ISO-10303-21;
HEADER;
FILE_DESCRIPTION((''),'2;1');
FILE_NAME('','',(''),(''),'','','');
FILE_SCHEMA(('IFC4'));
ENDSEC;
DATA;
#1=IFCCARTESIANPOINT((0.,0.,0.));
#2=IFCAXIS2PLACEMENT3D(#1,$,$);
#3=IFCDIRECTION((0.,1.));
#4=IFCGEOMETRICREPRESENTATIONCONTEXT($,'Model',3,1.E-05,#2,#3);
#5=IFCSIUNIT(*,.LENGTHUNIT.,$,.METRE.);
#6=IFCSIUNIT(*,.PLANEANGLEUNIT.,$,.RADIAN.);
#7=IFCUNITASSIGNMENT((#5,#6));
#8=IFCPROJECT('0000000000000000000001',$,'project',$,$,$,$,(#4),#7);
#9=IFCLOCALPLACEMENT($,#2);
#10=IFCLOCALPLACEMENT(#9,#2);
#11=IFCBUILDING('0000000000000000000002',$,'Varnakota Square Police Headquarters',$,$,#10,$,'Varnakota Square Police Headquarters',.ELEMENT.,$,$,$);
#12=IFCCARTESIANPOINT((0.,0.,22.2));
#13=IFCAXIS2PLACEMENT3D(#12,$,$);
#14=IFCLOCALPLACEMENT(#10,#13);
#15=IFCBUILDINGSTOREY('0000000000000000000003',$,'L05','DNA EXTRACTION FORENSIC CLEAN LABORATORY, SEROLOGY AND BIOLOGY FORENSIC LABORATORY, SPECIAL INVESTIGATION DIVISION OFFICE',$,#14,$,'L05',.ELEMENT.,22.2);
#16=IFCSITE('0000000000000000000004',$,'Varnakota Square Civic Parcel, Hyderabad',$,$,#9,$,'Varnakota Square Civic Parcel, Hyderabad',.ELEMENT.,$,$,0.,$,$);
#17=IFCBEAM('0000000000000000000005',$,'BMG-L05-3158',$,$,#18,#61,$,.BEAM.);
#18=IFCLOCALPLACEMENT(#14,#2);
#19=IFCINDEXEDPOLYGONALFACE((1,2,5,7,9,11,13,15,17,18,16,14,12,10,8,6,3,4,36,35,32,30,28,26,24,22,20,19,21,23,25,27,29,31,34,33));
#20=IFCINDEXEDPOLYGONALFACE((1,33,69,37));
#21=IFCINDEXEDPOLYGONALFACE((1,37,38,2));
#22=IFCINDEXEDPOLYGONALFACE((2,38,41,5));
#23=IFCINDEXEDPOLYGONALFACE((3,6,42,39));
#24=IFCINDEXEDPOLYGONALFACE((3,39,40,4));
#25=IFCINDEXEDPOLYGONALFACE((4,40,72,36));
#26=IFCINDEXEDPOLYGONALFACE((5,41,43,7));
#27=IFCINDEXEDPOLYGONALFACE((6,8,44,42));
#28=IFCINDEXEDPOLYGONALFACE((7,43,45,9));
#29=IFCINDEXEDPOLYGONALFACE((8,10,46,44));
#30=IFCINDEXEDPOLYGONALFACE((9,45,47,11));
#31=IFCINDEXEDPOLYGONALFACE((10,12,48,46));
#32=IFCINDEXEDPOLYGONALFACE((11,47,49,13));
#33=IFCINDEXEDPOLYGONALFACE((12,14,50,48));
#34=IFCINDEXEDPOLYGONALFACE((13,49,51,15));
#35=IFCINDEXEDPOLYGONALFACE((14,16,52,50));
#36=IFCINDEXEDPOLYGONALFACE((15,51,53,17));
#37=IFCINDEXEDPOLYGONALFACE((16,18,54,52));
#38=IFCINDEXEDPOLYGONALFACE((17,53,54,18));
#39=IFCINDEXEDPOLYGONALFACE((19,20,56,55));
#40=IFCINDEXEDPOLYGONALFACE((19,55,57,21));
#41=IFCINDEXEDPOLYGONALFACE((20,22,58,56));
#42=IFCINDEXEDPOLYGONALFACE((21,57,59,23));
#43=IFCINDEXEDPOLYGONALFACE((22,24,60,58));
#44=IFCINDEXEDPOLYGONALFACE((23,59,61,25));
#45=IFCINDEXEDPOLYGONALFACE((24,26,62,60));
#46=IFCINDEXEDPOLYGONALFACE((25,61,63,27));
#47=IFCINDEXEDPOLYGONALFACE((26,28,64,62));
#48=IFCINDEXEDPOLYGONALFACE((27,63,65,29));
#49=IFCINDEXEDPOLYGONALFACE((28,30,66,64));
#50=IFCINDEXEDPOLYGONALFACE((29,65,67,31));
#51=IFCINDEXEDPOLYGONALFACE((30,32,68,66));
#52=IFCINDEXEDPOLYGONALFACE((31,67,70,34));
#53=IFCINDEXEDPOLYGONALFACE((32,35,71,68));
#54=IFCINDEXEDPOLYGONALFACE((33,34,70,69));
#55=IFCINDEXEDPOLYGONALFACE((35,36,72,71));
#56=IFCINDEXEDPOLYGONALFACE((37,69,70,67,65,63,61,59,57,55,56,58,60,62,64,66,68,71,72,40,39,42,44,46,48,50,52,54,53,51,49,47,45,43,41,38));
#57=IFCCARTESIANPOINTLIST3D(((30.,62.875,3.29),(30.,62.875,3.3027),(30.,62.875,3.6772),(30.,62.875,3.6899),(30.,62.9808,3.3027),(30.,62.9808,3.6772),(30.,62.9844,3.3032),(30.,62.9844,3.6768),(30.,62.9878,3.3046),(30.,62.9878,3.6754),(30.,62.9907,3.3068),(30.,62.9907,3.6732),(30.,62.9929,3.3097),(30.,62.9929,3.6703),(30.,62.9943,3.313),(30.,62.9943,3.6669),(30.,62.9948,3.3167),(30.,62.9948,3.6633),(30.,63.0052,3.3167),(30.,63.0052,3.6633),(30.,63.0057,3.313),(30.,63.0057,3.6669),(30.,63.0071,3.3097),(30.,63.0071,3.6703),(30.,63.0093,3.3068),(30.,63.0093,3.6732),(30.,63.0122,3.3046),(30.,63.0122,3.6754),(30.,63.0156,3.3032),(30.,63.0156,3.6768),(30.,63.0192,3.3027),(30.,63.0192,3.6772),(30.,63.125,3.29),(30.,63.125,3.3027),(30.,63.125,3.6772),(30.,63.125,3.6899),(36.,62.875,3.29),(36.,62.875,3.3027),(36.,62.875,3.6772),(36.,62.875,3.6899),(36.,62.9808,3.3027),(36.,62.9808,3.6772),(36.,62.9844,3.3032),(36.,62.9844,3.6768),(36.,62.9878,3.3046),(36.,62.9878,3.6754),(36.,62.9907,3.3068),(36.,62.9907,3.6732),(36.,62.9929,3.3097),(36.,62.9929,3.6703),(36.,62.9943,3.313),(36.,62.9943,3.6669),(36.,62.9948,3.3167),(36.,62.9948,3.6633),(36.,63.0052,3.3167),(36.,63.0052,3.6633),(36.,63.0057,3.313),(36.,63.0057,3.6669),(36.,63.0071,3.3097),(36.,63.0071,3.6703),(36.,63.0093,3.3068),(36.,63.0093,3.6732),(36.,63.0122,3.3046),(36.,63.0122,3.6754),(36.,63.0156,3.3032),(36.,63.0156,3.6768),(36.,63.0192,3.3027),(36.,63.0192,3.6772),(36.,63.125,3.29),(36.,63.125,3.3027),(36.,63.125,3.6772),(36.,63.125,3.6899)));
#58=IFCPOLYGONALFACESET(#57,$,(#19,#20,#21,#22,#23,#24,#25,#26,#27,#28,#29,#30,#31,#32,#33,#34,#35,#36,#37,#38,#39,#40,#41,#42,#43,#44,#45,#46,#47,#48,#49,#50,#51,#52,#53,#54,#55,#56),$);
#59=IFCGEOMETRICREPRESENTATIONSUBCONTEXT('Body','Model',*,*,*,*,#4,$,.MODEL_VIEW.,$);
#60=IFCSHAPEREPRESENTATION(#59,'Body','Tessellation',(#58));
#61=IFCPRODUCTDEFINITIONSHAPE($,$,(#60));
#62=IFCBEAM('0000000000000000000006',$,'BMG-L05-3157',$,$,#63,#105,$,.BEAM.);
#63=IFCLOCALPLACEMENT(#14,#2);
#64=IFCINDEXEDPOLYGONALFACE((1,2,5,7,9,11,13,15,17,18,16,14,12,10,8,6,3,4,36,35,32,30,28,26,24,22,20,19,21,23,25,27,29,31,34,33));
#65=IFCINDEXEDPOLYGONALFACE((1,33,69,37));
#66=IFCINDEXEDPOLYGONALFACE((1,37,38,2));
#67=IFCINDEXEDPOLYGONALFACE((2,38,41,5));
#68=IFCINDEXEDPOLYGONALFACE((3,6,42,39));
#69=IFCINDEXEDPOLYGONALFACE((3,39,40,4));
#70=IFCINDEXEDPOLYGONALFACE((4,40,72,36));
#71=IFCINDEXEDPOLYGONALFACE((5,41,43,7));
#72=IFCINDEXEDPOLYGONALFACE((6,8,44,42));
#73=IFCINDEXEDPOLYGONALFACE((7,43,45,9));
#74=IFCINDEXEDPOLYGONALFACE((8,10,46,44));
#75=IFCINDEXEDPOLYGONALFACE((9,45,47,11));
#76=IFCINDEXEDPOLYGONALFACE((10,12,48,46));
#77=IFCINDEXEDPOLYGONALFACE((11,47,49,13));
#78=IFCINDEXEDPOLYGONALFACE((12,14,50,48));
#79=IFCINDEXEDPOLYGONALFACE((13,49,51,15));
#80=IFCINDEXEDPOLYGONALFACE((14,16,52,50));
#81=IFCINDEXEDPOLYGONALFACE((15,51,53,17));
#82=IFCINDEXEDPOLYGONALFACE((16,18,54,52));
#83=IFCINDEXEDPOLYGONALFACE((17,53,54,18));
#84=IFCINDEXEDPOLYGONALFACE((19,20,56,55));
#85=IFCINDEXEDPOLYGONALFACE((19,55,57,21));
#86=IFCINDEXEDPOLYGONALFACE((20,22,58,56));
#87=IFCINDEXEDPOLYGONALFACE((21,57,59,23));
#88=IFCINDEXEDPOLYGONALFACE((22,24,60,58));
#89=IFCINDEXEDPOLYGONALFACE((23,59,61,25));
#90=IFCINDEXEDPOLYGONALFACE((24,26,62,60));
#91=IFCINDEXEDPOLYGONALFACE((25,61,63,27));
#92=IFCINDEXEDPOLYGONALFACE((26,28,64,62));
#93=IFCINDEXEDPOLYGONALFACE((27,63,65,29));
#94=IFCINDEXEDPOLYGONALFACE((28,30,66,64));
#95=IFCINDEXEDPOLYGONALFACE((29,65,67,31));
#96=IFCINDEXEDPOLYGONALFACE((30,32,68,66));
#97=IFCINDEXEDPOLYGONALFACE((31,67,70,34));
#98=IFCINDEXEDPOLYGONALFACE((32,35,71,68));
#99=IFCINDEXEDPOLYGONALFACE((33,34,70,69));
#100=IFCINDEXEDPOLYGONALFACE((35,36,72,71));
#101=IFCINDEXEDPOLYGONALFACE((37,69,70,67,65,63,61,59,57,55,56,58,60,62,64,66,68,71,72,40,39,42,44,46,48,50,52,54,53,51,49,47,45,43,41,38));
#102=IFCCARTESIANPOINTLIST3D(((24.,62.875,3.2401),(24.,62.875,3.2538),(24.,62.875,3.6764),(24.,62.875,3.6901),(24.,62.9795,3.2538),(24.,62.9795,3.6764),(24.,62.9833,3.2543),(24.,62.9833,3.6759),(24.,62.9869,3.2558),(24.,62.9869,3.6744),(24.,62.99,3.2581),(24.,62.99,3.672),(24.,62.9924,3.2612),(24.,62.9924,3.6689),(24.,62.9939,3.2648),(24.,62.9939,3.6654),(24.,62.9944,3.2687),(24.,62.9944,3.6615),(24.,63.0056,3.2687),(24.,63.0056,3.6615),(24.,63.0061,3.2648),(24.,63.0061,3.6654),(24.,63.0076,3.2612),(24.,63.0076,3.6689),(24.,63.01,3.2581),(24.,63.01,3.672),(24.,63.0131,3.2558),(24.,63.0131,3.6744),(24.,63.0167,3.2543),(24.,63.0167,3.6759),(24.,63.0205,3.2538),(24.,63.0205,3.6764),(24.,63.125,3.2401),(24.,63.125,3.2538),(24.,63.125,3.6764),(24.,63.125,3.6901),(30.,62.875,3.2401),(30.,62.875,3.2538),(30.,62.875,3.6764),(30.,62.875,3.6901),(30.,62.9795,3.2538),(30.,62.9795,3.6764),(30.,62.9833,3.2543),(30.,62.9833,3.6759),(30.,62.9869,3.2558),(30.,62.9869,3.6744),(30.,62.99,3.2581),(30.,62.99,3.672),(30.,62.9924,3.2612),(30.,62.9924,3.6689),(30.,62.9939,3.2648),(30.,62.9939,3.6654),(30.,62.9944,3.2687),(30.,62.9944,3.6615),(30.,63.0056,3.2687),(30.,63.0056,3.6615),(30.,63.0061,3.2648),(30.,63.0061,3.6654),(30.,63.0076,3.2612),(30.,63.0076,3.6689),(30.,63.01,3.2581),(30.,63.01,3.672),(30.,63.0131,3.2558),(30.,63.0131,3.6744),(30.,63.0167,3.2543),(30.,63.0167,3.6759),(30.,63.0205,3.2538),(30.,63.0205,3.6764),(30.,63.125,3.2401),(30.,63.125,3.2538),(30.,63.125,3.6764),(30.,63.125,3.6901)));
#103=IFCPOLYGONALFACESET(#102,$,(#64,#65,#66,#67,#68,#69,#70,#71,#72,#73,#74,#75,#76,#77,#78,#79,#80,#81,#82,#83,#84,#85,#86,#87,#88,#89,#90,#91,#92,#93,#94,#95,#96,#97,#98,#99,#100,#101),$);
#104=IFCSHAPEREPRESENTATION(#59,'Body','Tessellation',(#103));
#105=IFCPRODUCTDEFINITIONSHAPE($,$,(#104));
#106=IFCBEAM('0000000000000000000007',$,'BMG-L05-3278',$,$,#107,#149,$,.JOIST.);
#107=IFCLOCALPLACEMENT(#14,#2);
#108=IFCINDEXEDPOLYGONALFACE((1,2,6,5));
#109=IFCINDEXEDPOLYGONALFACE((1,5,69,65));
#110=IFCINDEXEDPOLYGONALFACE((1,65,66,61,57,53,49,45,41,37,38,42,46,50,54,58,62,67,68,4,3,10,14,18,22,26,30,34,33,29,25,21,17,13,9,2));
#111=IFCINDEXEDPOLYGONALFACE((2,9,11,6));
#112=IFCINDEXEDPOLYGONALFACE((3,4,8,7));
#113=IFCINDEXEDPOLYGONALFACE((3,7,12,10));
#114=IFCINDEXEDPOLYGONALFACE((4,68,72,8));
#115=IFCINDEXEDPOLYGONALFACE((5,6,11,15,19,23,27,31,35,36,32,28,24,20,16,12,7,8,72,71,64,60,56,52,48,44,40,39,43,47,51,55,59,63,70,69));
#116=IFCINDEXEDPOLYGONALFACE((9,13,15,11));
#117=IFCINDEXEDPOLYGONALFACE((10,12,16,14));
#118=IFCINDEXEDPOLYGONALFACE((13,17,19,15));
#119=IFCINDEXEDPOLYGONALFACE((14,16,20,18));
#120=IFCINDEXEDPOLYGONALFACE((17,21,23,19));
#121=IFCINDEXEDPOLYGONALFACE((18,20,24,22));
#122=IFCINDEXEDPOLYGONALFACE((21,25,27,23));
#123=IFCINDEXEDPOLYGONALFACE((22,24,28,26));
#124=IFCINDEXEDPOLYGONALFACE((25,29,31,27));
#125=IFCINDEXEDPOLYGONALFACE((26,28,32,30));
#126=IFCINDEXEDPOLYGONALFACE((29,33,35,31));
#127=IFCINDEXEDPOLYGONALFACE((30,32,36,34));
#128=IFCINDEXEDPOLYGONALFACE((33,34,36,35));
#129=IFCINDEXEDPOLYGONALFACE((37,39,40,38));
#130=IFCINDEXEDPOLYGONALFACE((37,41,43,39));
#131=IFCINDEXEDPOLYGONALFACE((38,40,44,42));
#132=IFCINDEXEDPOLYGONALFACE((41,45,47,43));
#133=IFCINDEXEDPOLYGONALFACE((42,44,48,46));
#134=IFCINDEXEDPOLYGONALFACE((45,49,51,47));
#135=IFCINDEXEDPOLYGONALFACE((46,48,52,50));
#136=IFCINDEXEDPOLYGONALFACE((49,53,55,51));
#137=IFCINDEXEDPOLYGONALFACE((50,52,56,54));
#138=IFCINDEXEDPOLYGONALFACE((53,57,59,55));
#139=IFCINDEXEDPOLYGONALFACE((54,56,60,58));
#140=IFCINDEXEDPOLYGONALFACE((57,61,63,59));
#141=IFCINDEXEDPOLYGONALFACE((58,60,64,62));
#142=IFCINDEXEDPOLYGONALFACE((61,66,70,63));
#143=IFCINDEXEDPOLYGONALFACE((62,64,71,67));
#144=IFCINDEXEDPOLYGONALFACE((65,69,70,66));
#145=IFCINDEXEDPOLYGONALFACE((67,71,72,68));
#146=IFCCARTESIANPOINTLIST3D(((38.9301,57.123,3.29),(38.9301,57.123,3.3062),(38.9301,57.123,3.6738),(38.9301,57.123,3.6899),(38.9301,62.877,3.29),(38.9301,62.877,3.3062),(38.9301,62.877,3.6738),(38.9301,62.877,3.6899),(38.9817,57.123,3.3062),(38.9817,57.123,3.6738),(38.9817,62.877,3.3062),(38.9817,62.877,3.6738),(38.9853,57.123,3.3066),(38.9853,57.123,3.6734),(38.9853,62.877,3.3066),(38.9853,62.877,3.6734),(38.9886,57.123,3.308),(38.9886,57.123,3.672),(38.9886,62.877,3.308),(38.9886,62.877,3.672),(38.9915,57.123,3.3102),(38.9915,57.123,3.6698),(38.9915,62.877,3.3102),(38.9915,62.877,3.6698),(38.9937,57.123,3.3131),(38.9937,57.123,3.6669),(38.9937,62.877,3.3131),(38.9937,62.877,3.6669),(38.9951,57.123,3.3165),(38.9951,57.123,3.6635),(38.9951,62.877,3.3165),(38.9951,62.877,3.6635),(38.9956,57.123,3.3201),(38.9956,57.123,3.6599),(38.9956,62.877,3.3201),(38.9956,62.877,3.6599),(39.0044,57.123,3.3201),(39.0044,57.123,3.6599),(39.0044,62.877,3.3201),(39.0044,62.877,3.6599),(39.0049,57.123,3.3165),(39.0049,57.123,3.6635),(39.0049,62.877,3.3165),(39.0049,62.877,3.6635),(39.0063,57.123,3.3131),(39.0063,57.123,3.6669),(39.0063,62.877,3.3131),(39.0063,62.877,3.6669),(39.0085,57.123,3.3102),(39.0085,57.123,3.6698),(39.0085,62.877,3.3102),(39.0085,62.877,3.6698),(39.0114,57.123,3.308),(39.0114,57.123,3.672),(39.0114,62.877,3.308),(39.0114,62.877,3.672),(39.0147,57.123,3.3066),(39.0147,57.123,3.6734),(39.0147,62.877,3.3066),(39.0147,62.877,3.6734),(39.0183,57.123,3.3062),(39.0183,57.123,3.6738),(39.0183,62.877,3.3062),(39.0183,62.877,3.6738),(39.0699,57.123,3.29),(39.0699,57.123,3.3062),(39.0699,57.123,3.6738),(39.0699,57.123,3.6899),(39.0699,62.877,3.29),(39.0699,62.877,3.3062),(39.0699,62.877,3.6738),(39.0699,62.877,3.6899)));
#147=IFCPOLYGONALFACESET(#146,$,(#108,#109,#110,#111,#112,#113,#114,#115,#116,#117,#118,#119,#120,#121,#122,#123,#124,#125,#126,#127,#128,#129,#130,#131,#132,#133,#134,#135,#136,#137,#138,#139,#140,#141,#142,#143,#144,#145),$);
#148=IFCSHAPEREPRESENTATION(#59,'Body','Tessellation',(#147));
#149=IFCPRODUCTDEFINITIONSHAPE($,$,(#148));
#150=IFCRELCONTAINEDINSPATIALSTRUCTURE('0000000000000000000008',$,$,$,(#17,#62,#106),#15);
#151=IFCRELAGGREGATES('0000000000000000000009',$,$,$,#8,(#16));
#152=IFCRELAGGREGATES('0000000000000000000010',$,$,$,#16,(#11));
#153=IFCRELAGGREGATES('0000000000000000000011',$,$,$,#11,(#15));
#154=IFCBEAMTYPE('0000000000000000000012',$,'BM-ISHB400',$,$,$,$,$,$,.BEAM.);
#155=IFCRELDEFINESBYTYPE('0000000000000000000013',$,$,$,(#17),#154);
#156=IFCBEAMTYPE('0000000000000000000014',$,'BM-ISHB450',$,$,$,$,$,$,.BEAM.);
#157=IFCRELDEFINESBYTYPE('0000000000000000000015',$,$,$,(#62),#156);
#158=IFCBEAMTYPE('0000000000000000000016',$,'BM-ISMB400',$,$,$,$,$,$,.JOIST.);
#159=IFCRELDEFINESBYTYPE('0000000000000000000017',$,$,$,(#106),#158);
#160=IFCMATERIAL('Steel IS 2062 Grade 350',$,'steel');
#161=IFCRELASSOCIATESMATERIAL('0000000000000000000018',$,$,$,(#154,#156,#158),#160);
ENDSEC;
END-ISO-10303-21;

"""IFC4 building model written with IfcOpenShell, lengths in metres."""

from ifc_helpers import new_model, si_unit, direction, frame, origin, origin_2d, place, context, subcontext, project, spatial, i_section, extrude, material, material_profile, profile_set, type_object, element, save


model = new_model("IFC4")

# Units and contexts
model_context = context("Model", 3, precision=1e-05, world=origin(), true_north=direction((0.0, 1.0)))
body_context = subcontext(model_context, "Body", "Model", "MODEL_VIEW")
ifc_project = project(units=[si_unit("LENGTHUNIT", "METRE"), si_unit("PLANEANGLEUNIT", "RADIAN")], contexts=[model_context])

# Site, building, storey
site_placement = place(None, origin())
site = spatial("IfcSite", under=ifc_project, at=site_placement, Name="Varnakota Square Civic Parcel, Hyderabad", LongName="Varnakota Square Civic Parcel, Hyderabad", CompositionType="ELEMENT", RefElevation=0.0)
building_placement = place(site_placement, origin())
building = spatial("IfcBuilding", under=site, at=building_placement, Name="Varnakota Square Police Headquarters", LongName="Varnakota Square Police Headquarters", CompositionType="ELEMENT")
storey_placement = place(building_placement, frame((0.0, 0.0, 22.2)))
storey = spatial("IfcBuildingStorey", under=building, at=storey_placement, Name="L05", Description="DNA EXTRACTION FORENSIC CLEAN LABORATORY, SEROLOGY AND BIOLOGY FORENSIC LABORATORY, SPECIAL INVESTIGATION DIVISION OFFICE", LongName="L05", CompositionType="ELEMENT", Elevation=22.2)

# Shared definitions
ifc_material_1 = material(Name="Steel IS 2062 Grade 350", Category="steel")

# Beams
ifc_material_profile_1 = material_profile(ifc_material_1, i_section(OverallWidth=0.25, OverallDepth=0.3999, WebThickness=0.0105, FlangeThickness=0.0127, FilletRadius=0.0139, at=origin_2d()), Name="ISHB 400")
ifc_profile_set_1 = profile_set([ifc_material_profile_1], Name="Steel IS 2062 Grade 350")
beam_type_1 = type_object("IfcBeamType", Name="BM-ISHB400", PredefinedType="BEAM", material=ifc_profile_set_1)
beam_1_placement = place(storey_placement, frame((30.0, 63.0, 3.49), z_axis=(1.0, 0.0, 0.0), x_axis=(0.0, 1.0, 0.0)))
element("IfcBeam", 1, at=beam_1_placement, inside=storey, type_object=beam_type_1, Name="BMG-L05-3158", PredefinedType="BEAM", context=body_context, shape_type="SweptSolid", body=[
    extrude(i_section(OverallWidth=0.25, OverallDepth=0.3999, WebThickness=0.0105, FlangeThickness=0.0127, FilletRadius=0.0139, at=origin_2d()), origin(), (0.0, 0.0, 1.0), 6.0),
])
ifc_material_profile_2 = material_profile(ifc_material_1, i_section(OverallWidth=0.25, OverallDepth=0.45, WebThickness=0.0112, FlangeThickness=0.0137, FilletRadius=0.0149, at=origin_2d()), Name="ISHB 450")
ifc_profile_set_2 = profile_set([ifc_material_profile_2], Name="Steel IS 2062 Grade 350")
beam_type_2 = type_object("IfcBeamType", Name="BM-ISHB450", PredefinedType="BEAM", material=ifc_profile_set_2)
beam_2_placement = place(storey_placement, frame((24.0, 63.0, 3.4651), z_axis=(1.0, 0.0, 0.0), x_axis=(0.0, 1.0, 0.0)))
element("IfcBeam", 2, at=beam_2_placement, inside=storey, type_object=beam_type_2, Name="BMG-L05-3157", PredefinedType="BEAM", context=body_context, shape_type="SweptSolid", body=[
    extrude(i_section(OverallWidth=0.25, OverallDepth=0.45, WebThickness=0.0112, FlangeThickness=0.0137, FilletRadius=0.0149, at=origin_2d()), origin(), (0.0, 0.0, 1.0), 6.0),
])
ifc_material_profile_3 = material_profile(ifc_material_1, i_section(OverallWidth=0.1399, OverallDepth=0.3999, WebThickness=0.0088, FlangeThickness=0.0161, FilletRadius=0.0139, at=origin_2d()), Name="ISMB 400")
ifc_profile_set_3 = profile_set([ifc_material_profile_3], Name="Steel IS 2062 Grade 350")
beam_type_3 = type_object("IfcBeamType", Name="BM-ISMB400", PredefinedType="JOIST", material=ifc_profile_set_3)
beam_3_placement = place(storey_placement, frame((39.0, 57.123, 3.49), z_axis=(0.0, 1.0, 0.0), x_axis=(-1.0, 0.0, 0.0)))
element("IfcBeam", 3, at=beam_3_placement, inside=storey, type_object=beam_type_3, Name="BMG-L05-3278", PredefinedType="JOIST", context=body_context, shape_type="SweptSolid", body=[
    extrude(i_section(OverallWidth=0.1399, OverallDepth=0.3999, WebThickness=0.0088, FlangeThickness=0.0161, FilletRadius=0.0139, at=origin_2d()), origin(), (0.0, 0.0, 1.0), 5.7539),
])

save(model, "model.ifc")
